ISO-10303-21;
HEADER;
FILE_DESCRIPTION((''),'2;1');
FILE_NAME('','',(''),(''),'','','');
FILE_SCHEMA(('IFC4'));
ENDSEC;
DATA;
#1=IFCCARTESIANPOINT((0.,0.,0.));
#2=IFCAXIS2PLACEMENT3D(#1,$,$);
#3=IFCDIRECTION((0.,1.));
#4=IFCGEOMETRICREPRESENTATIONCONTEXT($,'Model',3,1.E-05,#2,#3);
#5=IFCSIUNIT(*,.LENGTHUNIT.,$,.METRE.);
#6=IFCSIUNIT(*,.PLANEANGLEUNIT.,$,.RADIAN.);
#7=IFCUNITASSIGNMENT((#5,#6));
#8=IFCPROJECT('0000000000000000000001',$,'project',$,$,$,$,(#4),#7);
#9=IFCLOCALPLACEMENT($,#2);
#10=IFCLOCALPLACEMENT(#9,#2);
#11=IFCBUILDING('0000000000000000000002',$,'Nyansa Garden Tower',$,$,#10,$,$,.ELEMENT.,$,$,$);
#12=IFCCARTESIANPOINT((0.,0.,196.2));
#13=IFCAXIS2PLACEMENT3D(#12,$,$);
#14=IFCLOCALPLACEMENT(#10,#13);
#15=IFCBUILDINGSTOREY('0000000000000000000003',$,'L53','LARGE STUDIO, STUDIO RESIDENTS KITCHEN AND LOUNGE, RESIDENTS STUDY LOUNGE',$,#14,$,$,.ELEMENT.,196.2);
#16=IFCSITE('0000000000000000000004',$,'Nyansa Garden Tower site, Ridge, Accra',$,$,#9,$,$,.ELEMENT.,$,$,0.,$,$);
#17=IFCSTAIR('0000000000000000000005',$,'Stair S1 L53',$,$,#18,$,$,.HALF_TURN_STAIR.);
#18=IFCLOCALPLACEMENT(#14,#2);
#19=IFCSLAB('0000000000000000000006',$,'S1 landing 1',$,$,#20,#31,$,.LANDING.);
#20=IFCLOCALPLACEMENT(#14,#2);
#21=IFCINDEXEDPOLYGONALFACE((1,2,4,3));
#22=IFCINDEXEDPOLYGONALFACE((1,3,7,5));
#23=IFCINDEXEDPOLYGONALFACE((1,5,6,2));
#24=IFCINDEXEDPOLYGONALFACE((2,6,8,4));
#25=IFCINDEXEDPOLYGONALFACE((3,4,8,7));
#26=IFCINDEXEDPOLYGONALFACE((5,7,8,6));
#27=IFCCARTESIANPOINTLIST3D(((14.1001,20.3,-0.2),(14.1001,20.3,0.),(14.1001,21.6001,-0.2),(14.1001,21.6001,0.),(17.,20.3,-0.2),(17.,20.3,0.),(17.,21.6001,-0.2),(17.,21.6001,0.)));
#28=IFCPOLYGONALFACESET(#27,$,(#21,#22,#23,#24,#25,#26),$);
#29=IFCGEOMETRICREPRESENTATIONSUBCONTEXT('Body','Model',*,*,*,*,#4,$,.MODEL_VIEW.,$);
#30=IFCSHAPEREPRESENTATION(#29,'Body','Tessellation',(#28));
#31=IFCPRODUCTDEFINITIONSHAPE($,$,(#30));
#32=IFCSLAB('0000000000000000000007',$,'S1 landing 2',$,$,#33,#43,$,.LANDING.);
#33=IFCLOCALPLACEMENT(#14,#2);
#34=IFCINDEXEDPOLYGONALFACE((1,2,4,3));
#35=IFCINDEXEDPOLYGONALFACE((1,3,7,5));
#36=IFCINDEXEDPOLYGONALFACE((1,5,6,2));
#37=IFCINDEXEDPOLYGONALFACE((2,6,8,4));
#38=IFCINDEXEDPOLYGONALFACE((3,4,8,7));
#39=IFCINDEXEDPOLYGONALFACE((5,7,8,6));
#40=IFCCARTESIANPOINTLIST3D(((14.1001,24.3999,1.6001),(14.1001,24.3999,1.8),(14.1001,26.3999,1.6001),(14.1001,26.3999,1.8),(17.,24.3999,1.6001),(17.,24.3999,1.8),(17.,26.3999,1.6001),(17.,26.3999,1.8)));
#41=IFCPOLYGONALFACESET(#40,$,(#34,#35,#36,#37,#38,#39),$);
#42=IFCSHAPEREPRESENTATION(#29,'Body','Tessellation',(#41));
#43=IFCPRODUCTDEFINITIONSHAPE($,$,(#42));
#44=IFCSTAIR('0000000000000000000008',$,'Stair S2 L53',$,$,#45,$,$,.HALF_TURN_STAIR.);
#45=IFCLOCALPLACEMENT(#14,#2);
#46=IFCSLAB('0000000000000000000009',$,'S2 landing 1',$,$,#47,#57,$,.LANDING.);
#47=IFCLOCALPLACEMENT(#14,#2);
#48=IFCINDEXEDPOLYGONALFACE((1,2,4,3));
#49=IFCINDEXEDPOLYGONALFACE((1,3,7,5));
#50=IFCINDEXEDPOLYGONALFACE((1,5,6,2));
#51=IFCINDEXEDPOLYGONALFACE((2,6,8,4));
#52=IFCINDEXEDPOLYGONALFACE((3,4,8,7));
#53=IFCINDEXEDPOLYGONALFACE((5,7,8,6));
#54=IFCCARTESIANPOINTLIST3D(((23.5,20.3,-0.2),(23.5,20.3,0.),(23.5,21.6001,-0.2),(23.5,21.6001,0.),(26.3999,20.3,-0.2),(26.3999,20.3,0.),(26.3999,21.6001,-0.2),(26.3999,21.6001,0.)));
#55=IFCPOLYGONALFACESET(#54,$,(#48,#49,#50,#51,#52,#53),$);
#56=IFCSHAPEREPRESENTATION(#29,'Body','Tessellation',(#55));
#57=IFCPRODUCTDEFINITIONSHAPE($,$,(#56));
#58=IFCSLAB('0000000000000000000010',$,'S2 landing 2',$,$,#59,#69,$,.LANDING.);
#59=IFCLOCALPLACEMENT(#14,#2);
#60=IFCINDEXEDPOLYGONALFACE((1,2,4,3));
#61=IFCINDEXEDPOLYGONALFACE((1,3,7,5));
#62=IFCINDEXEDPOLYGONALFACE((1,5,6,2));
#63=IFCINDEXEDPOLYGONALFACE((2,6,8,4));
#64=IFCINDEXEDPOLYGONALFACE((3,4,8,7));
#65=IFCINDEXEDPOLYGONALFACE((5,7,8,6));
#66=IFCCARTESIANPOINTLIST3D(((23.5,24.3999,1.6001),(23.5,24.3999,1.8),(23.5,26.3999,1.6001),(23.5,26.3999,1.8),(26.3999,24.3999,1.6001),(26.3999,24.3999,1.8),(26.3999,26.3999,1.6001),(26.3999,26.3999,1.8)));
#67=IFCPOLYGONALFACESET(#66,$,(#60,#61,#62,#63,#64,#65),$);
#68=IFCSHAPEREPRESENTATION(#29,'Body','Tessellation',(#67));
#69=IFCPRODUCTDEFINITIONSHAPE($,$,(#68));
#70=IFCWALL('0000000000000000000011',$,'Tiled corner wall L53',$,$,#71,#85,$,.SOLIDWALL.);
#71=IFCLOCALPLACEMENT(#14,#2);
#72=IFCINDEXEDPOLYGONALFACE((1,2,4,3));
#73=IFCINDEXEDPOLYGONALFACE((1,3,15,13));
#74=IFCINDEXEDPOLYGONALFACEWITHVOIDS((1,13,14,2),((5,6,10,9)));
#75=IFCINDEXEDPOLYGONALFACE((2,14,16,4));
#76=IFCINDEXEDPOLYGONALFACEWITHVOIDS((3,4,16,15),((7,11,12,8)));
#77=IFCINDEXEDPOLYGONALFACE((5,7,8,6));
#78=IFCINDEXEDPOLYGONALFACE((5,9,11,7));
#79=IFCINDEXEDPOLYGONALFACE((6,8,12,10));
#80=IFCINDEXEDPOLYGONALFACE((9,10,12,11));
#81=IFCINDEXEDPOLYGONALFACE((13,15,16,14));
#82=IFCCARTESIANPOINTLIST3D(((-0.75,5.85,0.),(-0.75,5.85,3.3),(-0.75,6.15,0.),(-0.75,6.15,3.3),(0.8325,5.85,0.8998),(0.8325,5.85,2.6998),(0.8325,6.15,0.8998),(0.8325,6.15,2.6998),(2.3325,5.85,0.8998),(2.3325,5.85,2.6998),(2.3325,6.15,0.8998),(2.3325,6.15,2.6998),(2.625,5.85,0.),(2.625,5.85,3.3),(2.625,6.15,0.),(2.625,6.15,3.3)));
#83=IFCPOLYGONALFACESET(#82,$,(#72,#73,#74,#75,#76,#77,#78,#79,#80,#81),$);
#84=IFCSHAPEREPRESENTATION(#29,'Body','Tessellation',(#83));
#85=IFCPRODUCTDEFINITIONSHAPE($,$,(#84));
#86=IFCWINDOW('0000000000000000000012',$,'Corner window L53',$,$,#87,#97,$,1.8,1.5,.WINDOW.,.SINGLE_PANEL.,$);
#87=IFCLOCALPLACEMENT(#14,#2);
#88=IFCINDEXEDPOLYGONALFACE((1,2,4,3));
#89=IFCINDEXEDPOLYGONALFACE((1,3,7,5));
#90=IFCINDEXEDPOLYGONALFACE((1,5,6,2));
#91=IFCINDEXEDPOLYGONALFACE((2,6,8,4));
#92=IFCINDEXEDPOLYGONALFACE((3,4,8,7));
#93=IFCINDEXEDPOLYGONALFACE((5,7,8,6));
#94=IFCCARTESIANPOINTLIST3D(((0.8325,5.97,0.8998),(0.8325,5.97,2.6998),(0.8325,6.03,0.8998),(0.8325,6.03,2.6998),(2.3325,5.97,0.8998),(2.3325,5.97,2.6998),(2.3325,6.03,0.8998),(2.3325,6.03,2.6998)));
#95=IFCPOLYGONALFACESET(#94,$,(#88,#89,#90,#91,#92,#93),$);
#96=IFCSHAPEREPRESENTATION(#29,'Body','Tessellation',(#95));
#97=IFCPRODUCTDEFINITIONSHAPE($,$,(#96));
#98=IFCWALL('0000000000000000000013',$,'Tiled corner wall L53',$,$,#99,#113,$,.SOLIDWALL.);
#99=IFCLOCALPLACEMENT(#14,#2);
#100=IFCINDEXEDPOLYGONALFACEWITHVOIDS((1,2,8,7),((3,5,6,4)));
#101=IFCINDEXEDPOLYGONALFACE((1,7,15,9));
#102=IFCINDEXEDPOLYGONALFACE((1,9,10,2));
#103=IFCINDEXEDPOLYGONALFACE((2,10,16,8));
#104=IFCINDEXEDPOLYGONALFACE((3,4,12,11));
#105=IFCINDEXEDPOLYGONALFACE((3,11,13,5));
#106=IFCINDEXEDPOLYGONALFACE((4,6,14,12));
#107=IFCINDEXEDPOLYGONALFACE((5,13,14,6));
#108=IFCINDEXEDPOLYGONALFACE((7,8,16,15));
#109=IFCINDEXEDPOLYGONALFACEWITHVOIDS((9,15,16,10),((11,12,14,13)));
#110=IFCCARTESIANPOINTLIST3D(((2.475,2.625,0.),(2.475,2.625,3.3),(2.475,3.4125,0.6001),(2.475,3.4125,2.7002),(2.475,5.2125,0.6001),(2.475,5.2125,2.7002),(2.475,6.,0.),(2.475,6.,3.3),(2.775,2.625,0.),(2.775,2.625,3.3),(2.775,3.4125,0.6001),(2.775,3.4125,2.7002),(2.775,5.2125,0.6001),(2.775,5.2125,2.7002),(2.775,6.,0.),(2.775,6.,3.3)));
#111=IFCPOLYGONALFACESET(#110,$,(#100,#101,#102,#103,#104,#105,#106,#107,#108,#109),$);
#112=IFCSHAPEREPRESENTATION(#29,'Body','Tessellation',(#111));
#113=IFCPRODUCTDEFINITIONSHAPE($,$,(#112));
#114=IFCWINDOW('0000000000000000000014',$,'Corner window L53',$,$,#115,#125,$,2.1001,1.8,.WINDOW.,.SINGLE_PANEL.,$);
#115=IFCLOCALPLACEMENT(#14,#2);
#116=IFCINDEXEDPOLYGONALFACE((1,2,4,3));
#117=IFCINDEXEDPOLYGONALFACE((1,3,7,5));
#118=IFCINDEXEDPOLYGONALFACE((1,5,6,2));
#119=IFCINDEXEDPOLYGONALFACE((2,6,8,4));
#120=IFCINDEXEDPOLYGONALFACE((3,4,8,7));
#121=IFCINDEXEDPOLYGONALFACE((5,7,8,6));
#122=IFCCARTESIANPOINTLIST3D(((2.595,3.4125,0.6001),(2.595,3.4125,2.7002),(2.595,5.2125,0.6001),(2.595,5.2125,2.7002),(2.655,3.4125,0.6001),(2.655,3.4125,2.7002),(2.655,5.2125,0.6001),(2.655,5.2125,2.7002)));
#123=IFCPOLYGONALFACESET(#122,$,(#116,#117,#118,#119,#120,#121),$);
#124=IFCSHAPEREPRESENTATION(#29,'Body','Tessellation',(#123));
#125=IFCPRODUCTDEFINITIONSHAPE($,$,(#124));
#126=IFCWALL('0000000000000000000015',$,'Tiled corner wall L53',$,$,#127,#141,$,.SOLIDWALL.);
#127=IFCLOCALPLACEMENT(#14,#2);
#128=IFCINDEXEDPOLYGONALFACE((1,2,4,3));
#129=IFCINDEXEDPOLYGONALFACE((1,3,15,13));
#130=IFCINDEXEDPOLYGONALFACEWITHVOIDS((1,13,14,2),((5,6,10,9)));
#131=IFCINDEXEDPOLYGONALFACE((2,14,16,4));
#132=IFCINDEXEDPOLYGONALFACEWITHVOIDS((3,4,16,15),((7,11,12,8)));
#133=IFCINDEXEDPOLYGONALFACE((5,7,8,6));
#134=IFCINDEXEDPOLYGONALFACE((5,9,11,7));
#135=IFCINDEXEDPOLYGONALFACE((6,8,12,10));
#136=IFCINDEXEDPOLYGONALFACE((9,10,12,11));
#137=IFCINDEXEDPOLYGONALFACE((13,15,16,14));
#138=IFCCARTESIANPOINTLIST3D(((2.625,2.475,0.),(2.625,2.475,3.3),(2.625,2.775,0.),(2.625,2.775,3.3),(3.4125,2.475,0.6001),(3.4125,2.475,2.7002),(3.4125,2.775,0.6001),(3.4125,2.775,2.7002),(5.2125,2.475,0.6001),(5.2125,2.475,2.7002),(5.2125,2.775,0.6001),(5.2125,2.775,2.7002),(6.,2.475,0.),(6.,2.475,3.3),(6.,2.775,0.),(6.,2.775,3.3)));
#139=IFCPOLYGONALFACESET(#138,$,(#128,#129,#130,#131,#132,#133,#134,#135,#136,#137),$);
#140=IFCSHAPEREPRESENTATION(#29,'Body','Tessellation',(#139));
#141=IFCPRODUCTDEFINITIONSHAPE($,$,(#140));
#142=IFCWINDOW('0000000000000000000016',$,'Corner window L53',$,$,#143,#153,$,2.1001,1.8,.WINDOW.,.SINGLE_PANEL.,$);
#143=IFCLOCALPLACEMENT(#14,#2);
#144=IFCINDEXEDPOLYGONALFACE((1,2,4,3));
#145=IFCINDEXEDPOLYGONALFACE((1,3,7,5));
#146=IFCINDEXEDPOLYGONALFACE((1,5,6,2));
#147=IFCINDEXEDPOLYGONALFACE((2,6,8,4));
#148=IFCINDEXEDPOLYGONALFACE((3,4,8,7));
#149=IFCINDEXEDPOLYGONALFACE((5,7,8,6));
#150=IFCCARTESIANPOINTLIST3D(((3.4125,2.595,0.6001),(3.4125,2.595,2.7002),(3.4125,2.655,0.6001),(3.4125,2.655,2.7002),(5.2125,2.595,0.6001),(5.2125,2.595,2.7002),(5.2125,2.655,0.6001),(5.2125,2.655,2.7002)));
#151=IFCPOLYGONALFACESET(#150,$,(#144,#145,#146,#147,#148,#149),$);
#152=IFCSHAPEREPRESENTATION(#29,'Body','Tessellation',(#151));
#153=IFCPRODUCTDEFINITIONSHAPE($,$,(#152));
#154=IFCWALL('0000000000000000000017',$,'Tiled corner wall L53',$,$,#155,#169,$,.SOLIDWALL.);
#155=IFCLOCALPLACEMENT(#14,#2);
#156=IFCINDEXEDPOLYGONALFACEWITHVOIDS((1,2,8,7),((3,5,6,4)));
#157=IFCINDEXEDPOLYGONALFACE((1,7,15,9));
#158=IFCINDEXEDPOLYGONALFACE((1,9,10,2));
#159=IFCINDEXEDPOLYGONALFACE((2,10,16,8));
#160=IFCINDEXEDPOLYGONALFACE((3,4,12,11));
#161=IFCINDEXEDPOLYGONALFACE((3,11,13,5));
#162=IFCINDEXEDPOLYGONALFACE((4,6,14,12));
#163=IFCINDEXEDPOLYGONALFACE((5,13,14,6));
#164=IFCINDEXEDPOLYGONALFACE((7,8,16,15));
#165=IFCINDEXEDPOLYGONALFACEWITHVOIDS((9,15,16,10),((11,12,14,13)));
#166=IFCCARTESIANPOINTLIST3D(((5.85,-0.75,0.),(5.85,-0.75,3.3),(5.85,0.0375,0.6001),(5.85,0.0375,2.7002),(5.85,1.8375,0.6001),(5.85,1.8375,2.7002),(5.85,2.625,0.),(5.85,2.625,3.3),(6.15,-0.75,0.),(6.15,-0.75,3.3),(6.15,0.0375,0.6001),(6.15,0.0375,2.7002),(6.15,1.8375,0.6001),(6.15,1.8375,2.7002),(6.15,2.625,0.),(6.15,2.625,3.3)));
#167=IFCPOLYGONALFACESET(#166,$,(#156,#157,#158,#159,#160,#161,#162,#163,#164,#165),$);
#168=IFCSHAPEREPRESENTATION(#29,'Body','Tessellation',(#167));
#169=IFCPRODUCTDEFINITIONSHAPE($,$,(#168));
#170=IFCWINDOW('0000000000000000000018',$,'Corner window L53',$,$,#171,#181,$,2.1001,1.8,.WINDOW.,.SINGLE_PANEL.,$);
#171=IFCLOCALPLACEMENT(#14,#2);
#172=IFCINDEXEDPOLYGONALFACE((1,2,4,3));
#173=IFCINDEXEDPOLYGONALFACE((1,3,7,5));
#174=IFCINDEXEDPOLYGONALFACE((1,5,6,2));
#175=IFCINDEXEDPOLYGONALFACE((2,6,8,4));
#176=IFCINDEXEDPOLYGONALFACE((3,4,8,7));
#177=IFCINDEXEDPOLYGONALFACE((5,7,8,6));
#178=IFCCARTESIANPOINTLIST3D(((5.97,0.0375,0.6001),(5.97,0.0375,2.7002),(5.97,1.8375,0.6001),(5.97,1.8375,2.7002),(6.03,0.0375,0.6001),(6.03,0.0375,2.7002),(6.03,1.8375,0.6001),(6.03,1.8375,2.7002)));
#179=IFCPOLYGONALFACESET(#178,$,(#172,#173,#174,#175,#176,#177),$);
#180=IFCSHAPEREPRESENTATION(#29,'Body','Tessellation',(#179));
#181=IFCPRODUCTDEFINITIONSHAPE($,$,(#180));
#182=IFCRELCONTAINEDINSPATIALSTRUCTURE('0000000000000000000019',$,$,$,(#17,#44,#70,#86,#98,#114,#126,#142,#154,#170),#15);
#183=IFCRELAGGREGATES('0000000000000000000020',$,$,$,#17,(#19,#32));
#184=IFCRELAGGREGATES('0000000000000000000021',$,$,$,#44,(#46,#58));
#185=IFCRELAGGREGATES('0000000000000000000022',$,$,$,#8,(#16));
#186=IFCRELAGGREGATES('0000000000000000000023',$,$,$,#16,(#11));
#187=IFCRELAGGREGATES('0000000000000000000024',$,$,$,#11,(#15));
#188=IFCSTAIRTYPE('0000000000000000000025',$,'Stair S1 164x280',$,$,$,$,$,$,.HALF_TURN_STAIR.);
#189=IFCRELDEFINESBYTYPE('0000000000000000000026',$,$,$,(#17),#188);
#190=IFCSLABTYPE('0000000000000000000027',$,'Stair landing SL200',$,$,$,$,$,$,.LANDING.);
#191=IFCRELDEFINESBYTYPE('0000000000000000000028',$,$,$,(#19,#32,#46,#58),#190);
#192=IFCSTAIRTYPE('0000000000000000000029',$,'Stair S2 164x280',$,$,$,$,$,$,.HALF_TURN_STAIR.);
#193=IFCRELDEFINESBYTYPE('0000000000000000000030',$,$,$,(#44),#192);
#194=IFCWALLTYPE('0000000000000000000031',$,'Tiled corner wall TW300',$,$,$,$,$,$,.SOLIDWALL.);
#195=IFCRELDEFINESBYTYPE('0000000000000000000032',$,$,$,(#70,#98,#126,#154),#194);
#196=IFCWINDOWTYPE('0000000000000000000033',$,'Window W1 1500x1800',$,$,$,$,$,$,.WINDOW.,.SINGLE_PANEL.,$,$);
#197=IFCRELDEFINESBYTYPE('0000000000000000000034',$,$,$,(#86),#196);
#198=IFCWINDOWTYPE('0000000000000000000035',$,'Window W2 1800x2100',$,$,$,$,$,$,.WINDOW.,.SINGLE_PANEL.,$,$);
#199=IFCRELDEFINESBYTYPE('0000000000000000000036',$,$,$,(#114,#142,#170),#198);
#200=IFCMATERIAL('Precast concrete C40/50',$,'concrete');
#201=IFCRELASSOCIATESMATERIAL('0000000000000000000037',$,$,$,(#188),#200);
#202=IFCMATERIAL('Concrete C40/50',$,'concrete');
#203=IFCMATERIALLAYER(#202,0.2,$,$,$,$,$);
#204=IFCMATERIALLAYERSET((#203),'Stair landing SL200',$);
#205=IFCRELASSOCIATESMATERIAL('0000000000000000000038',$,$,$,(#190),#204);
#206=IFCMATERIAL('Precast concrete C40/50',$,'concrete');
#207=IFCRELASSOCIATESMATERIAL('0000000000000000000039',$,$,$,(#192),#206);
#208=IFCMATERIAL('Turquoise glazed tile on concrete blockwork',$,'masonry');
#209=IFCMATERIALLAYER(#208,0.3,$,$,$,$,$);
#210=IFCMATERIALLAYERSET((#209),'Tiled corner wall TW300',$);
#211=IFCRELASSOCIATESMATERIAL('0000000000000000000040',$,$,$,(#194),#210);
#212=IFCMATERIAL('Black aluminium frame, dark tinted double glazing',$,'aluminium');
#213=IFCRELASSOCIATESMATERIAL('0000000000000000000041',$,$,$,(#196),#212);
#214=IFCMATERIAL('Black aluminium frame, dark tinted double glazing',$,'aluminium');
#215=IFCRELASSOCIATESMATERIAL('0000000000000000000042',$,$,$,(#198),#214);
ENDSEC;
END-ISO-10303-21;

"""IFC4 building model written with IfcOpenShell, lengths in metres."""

from ifc_helpers import new_model, si_unit, direction, frame, frame_2d, origin, place, context, subcontext, project, spatial, polyline, rectangle, outline, extrude, material, layer, layer_set, type_object, element, fill, aggregate, save


model = new_model("IFC4")

# Units and contexts
model_context = context("Model", 3, precision=1e-05, world=origin(), true_north=direction((0.0, 1.0)))
body_context = subcontext(model_context, "Body", "Model", "MODEL_VIEW")
ifc_project = project(units=[si_unit("LENGTHUNIT", "METRE"), si_unit("PLANEANGLEUNIT", "RADIAN")], contexts=[model_context])

# Site, building, storey
site_placement = place(None, origin())
site = spatial("IfcSite", under=ifc_project, at=site_placement, Name="Nyansa Garden Tower site, Ridge, Accra", CompositionType="ELEMENT", RefElevation=0.0)
building_placement = place(site_placement, origin())
building = spatial("IfcBuilding", under=site, at=building_placement, Name="Nyansa Garden Tower", CompositionType="ELEMENT")
storey_placement = place(building_placement, frame((0.0, 0.0, 196.2)))
storey = spatial("IfcBuildingStorey", under=building, at=storey_placement, Name="L53", Description="LARGE STUDIO, STUDIO RESIDENTS KITCHEN AND LOUNGE, RESIDENTS STUDY LOUNGE", CompositionType="ELEMENT", Elevation=196.2)

# Stairs, slabs
ifc_material_1 = material(Name="Precast concrete C40/50", Category="concrete")
stair_type_1 = type_object("IfcStairType", Name="Stair S1 164x280", PredefinedType="HALF_TURN_STAIR", material=ifc_material_1)
stair_1_placement = place(storey_placement, origin())
stair_1 = element("IfcStair", 1, at=stair_1_placement, inside=storey, type_object=stair_type_1, Name="Stair S1 L53", PredefinedType="HALF_TURN_STAIR")
ifc_material_2 = material(Name="Concrete C40/50", Category="concrete")
ifc_layer_1 = layer(ifc_material_2, 0.2)
ifc_layer_set_1 = layer_set([ifc_layer_1], Name="Stair landing SL200")
slab_type_1 = type_object("IfcSlabType", Name="Stair landing SL200", PredefinedType="LANDING", material=ifc_layer_set_1)
slab_1_placement = place(storey_placement, frame((0.0, 0.0, -0.2)))
slab_1 = element("IfcSlab", 2, at=slab_1_placement, type_object=slab_type_1, Name="S1 landing 1", PredefinedType="LANDING", context=body_context, shape_type="SweptSolid", body=[
    extrude(outline(polyline([(14.1001, 20.3), (17.0, 20.3), (17.0, 21.6001), (14.1001, 21.6001), (14.1001, 20.3)])), origin(), (0.0, 0.0, 1.0), 0.2),
])
slab_2_placement = place(storey_placement, frame((0.0, 0.0, 1.6001)))
slab_2 = element("IfcSlab", 3, at=slab_2_placement, type_object=slab_type_1, Name="S1 landing 2", PredefinedType="LANDING", context=body_context, shape_type="SweptSolid", body=[
    extrude(outline(polyline([(14.1001, 24.3999), (17.0, 24.3999), (17.0, 26.3999), (14.1001, 26.3999), (14.1001, 24.3999)])), origin(), (0.0, 0.0, 1.0), 0.2),
])
aggregate(stair_1, [slab_1, slab_2])
ifc_material_3 = material(Name="Precast concrete C40/50", Category="concrete")
stair_type_2 = type_object("IfcStairType", Name="Stair S2 164x280", PredefinedType="HALF_TURN_STAIR", material=ifc_material_3)
stair_2_placement = place(storey_placement, origin())
stair_2 = element("IfcStair", 4, at=stair_2_placement, inside=storey, type_object=stair_type_2, Name="Stair S2 L53", PredefinedType="HALF_TURN_STAIR")
slab_3_placement = place(storey_placement, frame((0.0, 0.0, -0.2)))
slab_3 = element("IfcSlab", 5, at=slab_3_placement, type_object=slab_type_1, Name="S2 landing 1", PredefinedType="LANDING", context=body_context, shape_type="SweptSolid", body=[
    extrude(outline(polyline([(23.5, 20.3), (26.3999, 20.3), (26.3999, 21.6001), (23.5, 21.6001), (23.5, 20.3)])), origin(), (0.0, 0.0, 1.0), 0.2),
])
slab_4_placement = place(storey_placement, frame((0.0, 0.0, 1.6001)))
slab_4 = element("IfcSlab", 6, at=slab_4_placement, type_object=slab_type_1, Name="S2 landing 2", PredefinedType="LANDING", context=body_context, shape_type="SweptSolid", body=[
    extrude(outline(polyline([(23.5, 24.3999), (26.3999, 24.3999), (26.3999, 26.3999), (23.5, 26.3999), (23.5, 24.3999)])), origin(), (0.0, 0.0, 1.0), 0.2),
])
aggregate(stair_2, [slab_3, slab_4])

# Walls, openings, windows
ifc_material_4 = material(Name="Turquoise glazed tile on concrete blockwork", Category="masonry")
ifc_layer_2 = layer(ifc_material_4, 0.3)
ifc_layer_set_2 = layer_set([ifc_layer_2], Name="Tiled corner wall TW300")
wall_type = type_object("IfcWallType", Name="Tiled corner wall TW300", PredefinedType="SOLIDWALL", material=ifc_layer_set_2)
wall_1_placement = place(storey_placement, frame((-0.75, 6.0, 0.0), z_axis=(0.0, 0.0, 1.0), x_axis=(1.0, 0.0, 0.0)))
wall_1 = element("IfcWall", 7, at=wall_1_placement, inside=storey, type_object=wall_type, Name="Tiled corner wall L53", PredefinedType="SOLIDWALL", context=body_context, shape_type="SweptSolid", body=[
    extrude(rectangle(XDim=3.375, YDim=0.3, at=frame_2d((1.6875, 0.0))), origin(), (0.0, 0.0, 1.0), 3.3),
])
opening_1_placement = place(wall_1_placement, frame((1.5825, 0.0, 0.8999)))
opening_1 = element("IfcOpeningElement", 8, at=opening_1_placement, cuts=wall_1, PredefinedType="OPENING", context=body_context, shape_type="SweptSolid", body=[
    extrude(rectangle(XDim=1.5, YDim=1.8, at=frame_2d((0.75, 0.8999))), frame((0.0, 0.1599, 0.0), z_axis=(0.0, -1.0, 0.0), x_axis=(1.0, 0.0, 0.0)), (0.0, 0.0, 1.0), 0.3201),
])
ifc_material_5 = material(Name="Black aluminium frame, dark tinted double glazing", Category="aluminium")
window_type_1 = type_object("IfcWindowType", Name="Window W1 1500x1800", PartitioningType="SINGLE_PANEL", PredefinedType="WINDOW", material=ifc_material_5)
window_1_placement = place(opening_1_placement, origin())
window_1 = element("IfcWindow", 9, at=window_1_placement, inside=storey, type_object=window_type_1, Name="Corner window L53", OverallHeight=1.8, OverallWidth=1.5, PartitioningType="SINGLE_PANEL", PredefinedType="WINDOW", context=body_context, shape_type="SweptSolid", body=[
    extrude(rectangle(XDim=1.5, YDim=1.8, at=frame_2d((0.75, 0.8999))), frame((0.0, 0.03, 0.0), z_axis=(0.0, -1.0, 0.0), x_axis=(1.0, 0.0, 0.0)), (0.0, 0.0, 1.0), 0.0601),
])
fill(opening_1, window_1)
wall_2_placement = place(storey_placement, frame((2.625, 6.0, 0.0), z_axis=(0.0, 0.0, 1.0), x_axis=(0.0, -1.0, 0.0)))
wall_2 = element("IfcWall", 10, at=wall_2_placement, inside=storey, type_object=wall_type, Name="Tiled corner wall L53", PredefinedType="SOLIDWALL", context=body_context, shape_type="SweptSolid", body=[
    extrude(rectangle(XDim=3.375, YDim=0.3, at=frame_2d((1.6875, 0.0))), origin(), (0.0, 0.0, 1.0), 3.3),
])
opening_2_placement = place(wall_2_placement, frame((0.7876, 0.0, 0.6001)))
opening_2 = element("IfcOpeningElement", 11, at=opening_2_placement, cuts=wall_2, PredefinedType="OPENING", context=body_context, shape_type="SweptSolid", body=[
    extrude(rectangle(XDim=1.8, YDim=2.1001, at=frame_2d((0.8999, 1.05))), frame((0.0, 0.1599, 0.0), z_axis=(0.0, -1.0, 0.0), x_axis=(1.0, 0.0, 0.0)), (0.0, 0.0, 1.0), 0.3201),
])
ifc_material_6 = material(Name="Black aluminium frame, dark tinted double glazing", Category="aluminium")
window_type_2 = type_object("IfcWindowType", Name="Window W2 1800x2100", PartitioningType="SINGLE_PANEL", PredefinedType="WINDOW", material=ifc_material_6)
window_2_placement = place(opening_2_placement, origin())
window_2 = element("IfcWindow", 12, at=window_2_placement, inside=storey, type_object=window_type_2, Name="Corner window L53", OverallHeight=2.1001, OverallWidth=1.8, PartitioningType="SINGLE_PANEL", PredefinedType="WINDOW", context=body_context, shape_type="SweptSolid", body=[
    extrude(rectangle(XDim=1.8, YDim=2.1001, at=frame_2d((0.8999, 1.05))), frame((0.0, 0.03, 0.0), z_axis=(0.0, -1.0, 0.0), x_axis=(1.0, 0.0, 0.0)), (0.0, 0.0, 1.0), 0.0601),
])
fill(opening_2, window_2)
wall_3_placement = place(storey_placement, frame((2.625, 2.625, 0.0), z_axis=(0.0, 0.0, 1.0), x_axis=(1.0, 0.0, 0.0)))
wall_3 = element("IfcWall", 13, at=wall_3_placement, inside=storey, type_object=wall_type, Name="Tiled corner wall L53", PredefinedType="SOLIDWALL", context=body_context, shape_type="SweptSolid", body=[
    extrude(rectangle(XDim=3.375, YDim=0.3, at=frame_2d((1.6875, 0.0))), origin(), (0.0, 0.0, 1.0), 3.3),
])
opening_3_placement = place(wall_3_placement, frame((0.7876, 0.0, 0.6001)))
opening_3 = element("IfcOpeningElement", 14, at=opening_3_placement, cuts=wall_3, PredefinedType="OPENING", context=body_context, shape_type="SweptSolid", body=[
    extrude(rectangle(XDim=1.8, YDim=2.1001, at=frame_2d((0.8999, 1.05))), frame((0.0, 0.1599, 0.0), z_axis=(0.0, -1.0, 0.0), x_axis=(1.0, 0.0, 0.0)), (0.0, 0.0, 1.0), 0.3201),
])
window_3_placement = place(opening_3_placement, origin())
window_3 = element("IfcWindow", 15, at=window_3_placement, inside=storey, type_object=window_type_2, Name="Corner window L53", OverallHeight=2.1001, OverallWidth=1.8, PartitioningType="SINGLE_PANEL", PredefinedType="WINDOW", context=body_context, shape_type="SweptSolid", body=[
    extrude(rectangle(XDim=1.8, YDim=2.1001, at=frame_2d((0.8999, 1.05))), frame((0.0, 0.03, 0.0), z_axis=(0.0, -1.0, 0.0), x_axis=(1.0, 0.0, 0.0)), (0.0, 0.0, 1.0), 0.0601),
])
fill(opening_3, window_3)
wall_4_placement = place(storey_placement, frame((6.0, 2.625, 0.0), z_axis=(0.0, 0.0, 1.0), x_axis=(0.0, -1.0, 0.0)))
wall_4 = element("IfcWall", 16, at=wall_4_placement, inside=storey, type_object=wall_type, Name="Tiled corner wall L53", PredefinedType="SOLIDWALL", context=body_context, shape_type="SweptSolid", body=[
    extrude(rectangle(XDim=3.375, YDim=0.3, at=frame_2d((1.6875, 0.0))), origin(), (0.0, 0.0, 1.0), 3.3),
])
opening_4_placement = place(wall_4_placement, frame((0.7876, 0.0, 0.6001)))
opening_4 = element("IfcOpeningElement", 17, at=opening_4_placement, cuts=wall_4, PredefinedType="OPENING", context=body_context, shape_type="SweptSolid", body=[
    extrude(rectangle(XDim=1.8, YDim=2.1001, at=frame_2d((0.8999, 1.05))), frame((0.0, 0.1599, 0.0), z_axis=(0.0, -1.0, 0.0), x_axis=(1.0, 0.0, 0.0)), (0.0, 0.0, 1.0), 0.3201),
])
window_4_placement = place(opening_4_placement, origin())
window_4 = element("IfcWindow", 18, at=window_4_placement, inside=storey, type_object=window_type_2, Name="Corner window L53", OverallHeight=2.1001, OverallWidth=1.8, PartitioningType="SINGLE_PANEL", PredefinedType="WINDOW", context=body_context, shape_type="SweptSolid", body=[
    extrude(rectangle(XDim=1.8, YDim=2.1001, at=frame_2d((0.8999, 1.05))), frame((0.0, 0.03, 0.0), z_axis=(0.0, -1.0, 0.0), x_axis=(1.0, 0.0, 0.0)), (0.0, 0.0, 1.0), 0.0601),
])
fill(opening_4, window_4)

save(model, "model.ifc")
